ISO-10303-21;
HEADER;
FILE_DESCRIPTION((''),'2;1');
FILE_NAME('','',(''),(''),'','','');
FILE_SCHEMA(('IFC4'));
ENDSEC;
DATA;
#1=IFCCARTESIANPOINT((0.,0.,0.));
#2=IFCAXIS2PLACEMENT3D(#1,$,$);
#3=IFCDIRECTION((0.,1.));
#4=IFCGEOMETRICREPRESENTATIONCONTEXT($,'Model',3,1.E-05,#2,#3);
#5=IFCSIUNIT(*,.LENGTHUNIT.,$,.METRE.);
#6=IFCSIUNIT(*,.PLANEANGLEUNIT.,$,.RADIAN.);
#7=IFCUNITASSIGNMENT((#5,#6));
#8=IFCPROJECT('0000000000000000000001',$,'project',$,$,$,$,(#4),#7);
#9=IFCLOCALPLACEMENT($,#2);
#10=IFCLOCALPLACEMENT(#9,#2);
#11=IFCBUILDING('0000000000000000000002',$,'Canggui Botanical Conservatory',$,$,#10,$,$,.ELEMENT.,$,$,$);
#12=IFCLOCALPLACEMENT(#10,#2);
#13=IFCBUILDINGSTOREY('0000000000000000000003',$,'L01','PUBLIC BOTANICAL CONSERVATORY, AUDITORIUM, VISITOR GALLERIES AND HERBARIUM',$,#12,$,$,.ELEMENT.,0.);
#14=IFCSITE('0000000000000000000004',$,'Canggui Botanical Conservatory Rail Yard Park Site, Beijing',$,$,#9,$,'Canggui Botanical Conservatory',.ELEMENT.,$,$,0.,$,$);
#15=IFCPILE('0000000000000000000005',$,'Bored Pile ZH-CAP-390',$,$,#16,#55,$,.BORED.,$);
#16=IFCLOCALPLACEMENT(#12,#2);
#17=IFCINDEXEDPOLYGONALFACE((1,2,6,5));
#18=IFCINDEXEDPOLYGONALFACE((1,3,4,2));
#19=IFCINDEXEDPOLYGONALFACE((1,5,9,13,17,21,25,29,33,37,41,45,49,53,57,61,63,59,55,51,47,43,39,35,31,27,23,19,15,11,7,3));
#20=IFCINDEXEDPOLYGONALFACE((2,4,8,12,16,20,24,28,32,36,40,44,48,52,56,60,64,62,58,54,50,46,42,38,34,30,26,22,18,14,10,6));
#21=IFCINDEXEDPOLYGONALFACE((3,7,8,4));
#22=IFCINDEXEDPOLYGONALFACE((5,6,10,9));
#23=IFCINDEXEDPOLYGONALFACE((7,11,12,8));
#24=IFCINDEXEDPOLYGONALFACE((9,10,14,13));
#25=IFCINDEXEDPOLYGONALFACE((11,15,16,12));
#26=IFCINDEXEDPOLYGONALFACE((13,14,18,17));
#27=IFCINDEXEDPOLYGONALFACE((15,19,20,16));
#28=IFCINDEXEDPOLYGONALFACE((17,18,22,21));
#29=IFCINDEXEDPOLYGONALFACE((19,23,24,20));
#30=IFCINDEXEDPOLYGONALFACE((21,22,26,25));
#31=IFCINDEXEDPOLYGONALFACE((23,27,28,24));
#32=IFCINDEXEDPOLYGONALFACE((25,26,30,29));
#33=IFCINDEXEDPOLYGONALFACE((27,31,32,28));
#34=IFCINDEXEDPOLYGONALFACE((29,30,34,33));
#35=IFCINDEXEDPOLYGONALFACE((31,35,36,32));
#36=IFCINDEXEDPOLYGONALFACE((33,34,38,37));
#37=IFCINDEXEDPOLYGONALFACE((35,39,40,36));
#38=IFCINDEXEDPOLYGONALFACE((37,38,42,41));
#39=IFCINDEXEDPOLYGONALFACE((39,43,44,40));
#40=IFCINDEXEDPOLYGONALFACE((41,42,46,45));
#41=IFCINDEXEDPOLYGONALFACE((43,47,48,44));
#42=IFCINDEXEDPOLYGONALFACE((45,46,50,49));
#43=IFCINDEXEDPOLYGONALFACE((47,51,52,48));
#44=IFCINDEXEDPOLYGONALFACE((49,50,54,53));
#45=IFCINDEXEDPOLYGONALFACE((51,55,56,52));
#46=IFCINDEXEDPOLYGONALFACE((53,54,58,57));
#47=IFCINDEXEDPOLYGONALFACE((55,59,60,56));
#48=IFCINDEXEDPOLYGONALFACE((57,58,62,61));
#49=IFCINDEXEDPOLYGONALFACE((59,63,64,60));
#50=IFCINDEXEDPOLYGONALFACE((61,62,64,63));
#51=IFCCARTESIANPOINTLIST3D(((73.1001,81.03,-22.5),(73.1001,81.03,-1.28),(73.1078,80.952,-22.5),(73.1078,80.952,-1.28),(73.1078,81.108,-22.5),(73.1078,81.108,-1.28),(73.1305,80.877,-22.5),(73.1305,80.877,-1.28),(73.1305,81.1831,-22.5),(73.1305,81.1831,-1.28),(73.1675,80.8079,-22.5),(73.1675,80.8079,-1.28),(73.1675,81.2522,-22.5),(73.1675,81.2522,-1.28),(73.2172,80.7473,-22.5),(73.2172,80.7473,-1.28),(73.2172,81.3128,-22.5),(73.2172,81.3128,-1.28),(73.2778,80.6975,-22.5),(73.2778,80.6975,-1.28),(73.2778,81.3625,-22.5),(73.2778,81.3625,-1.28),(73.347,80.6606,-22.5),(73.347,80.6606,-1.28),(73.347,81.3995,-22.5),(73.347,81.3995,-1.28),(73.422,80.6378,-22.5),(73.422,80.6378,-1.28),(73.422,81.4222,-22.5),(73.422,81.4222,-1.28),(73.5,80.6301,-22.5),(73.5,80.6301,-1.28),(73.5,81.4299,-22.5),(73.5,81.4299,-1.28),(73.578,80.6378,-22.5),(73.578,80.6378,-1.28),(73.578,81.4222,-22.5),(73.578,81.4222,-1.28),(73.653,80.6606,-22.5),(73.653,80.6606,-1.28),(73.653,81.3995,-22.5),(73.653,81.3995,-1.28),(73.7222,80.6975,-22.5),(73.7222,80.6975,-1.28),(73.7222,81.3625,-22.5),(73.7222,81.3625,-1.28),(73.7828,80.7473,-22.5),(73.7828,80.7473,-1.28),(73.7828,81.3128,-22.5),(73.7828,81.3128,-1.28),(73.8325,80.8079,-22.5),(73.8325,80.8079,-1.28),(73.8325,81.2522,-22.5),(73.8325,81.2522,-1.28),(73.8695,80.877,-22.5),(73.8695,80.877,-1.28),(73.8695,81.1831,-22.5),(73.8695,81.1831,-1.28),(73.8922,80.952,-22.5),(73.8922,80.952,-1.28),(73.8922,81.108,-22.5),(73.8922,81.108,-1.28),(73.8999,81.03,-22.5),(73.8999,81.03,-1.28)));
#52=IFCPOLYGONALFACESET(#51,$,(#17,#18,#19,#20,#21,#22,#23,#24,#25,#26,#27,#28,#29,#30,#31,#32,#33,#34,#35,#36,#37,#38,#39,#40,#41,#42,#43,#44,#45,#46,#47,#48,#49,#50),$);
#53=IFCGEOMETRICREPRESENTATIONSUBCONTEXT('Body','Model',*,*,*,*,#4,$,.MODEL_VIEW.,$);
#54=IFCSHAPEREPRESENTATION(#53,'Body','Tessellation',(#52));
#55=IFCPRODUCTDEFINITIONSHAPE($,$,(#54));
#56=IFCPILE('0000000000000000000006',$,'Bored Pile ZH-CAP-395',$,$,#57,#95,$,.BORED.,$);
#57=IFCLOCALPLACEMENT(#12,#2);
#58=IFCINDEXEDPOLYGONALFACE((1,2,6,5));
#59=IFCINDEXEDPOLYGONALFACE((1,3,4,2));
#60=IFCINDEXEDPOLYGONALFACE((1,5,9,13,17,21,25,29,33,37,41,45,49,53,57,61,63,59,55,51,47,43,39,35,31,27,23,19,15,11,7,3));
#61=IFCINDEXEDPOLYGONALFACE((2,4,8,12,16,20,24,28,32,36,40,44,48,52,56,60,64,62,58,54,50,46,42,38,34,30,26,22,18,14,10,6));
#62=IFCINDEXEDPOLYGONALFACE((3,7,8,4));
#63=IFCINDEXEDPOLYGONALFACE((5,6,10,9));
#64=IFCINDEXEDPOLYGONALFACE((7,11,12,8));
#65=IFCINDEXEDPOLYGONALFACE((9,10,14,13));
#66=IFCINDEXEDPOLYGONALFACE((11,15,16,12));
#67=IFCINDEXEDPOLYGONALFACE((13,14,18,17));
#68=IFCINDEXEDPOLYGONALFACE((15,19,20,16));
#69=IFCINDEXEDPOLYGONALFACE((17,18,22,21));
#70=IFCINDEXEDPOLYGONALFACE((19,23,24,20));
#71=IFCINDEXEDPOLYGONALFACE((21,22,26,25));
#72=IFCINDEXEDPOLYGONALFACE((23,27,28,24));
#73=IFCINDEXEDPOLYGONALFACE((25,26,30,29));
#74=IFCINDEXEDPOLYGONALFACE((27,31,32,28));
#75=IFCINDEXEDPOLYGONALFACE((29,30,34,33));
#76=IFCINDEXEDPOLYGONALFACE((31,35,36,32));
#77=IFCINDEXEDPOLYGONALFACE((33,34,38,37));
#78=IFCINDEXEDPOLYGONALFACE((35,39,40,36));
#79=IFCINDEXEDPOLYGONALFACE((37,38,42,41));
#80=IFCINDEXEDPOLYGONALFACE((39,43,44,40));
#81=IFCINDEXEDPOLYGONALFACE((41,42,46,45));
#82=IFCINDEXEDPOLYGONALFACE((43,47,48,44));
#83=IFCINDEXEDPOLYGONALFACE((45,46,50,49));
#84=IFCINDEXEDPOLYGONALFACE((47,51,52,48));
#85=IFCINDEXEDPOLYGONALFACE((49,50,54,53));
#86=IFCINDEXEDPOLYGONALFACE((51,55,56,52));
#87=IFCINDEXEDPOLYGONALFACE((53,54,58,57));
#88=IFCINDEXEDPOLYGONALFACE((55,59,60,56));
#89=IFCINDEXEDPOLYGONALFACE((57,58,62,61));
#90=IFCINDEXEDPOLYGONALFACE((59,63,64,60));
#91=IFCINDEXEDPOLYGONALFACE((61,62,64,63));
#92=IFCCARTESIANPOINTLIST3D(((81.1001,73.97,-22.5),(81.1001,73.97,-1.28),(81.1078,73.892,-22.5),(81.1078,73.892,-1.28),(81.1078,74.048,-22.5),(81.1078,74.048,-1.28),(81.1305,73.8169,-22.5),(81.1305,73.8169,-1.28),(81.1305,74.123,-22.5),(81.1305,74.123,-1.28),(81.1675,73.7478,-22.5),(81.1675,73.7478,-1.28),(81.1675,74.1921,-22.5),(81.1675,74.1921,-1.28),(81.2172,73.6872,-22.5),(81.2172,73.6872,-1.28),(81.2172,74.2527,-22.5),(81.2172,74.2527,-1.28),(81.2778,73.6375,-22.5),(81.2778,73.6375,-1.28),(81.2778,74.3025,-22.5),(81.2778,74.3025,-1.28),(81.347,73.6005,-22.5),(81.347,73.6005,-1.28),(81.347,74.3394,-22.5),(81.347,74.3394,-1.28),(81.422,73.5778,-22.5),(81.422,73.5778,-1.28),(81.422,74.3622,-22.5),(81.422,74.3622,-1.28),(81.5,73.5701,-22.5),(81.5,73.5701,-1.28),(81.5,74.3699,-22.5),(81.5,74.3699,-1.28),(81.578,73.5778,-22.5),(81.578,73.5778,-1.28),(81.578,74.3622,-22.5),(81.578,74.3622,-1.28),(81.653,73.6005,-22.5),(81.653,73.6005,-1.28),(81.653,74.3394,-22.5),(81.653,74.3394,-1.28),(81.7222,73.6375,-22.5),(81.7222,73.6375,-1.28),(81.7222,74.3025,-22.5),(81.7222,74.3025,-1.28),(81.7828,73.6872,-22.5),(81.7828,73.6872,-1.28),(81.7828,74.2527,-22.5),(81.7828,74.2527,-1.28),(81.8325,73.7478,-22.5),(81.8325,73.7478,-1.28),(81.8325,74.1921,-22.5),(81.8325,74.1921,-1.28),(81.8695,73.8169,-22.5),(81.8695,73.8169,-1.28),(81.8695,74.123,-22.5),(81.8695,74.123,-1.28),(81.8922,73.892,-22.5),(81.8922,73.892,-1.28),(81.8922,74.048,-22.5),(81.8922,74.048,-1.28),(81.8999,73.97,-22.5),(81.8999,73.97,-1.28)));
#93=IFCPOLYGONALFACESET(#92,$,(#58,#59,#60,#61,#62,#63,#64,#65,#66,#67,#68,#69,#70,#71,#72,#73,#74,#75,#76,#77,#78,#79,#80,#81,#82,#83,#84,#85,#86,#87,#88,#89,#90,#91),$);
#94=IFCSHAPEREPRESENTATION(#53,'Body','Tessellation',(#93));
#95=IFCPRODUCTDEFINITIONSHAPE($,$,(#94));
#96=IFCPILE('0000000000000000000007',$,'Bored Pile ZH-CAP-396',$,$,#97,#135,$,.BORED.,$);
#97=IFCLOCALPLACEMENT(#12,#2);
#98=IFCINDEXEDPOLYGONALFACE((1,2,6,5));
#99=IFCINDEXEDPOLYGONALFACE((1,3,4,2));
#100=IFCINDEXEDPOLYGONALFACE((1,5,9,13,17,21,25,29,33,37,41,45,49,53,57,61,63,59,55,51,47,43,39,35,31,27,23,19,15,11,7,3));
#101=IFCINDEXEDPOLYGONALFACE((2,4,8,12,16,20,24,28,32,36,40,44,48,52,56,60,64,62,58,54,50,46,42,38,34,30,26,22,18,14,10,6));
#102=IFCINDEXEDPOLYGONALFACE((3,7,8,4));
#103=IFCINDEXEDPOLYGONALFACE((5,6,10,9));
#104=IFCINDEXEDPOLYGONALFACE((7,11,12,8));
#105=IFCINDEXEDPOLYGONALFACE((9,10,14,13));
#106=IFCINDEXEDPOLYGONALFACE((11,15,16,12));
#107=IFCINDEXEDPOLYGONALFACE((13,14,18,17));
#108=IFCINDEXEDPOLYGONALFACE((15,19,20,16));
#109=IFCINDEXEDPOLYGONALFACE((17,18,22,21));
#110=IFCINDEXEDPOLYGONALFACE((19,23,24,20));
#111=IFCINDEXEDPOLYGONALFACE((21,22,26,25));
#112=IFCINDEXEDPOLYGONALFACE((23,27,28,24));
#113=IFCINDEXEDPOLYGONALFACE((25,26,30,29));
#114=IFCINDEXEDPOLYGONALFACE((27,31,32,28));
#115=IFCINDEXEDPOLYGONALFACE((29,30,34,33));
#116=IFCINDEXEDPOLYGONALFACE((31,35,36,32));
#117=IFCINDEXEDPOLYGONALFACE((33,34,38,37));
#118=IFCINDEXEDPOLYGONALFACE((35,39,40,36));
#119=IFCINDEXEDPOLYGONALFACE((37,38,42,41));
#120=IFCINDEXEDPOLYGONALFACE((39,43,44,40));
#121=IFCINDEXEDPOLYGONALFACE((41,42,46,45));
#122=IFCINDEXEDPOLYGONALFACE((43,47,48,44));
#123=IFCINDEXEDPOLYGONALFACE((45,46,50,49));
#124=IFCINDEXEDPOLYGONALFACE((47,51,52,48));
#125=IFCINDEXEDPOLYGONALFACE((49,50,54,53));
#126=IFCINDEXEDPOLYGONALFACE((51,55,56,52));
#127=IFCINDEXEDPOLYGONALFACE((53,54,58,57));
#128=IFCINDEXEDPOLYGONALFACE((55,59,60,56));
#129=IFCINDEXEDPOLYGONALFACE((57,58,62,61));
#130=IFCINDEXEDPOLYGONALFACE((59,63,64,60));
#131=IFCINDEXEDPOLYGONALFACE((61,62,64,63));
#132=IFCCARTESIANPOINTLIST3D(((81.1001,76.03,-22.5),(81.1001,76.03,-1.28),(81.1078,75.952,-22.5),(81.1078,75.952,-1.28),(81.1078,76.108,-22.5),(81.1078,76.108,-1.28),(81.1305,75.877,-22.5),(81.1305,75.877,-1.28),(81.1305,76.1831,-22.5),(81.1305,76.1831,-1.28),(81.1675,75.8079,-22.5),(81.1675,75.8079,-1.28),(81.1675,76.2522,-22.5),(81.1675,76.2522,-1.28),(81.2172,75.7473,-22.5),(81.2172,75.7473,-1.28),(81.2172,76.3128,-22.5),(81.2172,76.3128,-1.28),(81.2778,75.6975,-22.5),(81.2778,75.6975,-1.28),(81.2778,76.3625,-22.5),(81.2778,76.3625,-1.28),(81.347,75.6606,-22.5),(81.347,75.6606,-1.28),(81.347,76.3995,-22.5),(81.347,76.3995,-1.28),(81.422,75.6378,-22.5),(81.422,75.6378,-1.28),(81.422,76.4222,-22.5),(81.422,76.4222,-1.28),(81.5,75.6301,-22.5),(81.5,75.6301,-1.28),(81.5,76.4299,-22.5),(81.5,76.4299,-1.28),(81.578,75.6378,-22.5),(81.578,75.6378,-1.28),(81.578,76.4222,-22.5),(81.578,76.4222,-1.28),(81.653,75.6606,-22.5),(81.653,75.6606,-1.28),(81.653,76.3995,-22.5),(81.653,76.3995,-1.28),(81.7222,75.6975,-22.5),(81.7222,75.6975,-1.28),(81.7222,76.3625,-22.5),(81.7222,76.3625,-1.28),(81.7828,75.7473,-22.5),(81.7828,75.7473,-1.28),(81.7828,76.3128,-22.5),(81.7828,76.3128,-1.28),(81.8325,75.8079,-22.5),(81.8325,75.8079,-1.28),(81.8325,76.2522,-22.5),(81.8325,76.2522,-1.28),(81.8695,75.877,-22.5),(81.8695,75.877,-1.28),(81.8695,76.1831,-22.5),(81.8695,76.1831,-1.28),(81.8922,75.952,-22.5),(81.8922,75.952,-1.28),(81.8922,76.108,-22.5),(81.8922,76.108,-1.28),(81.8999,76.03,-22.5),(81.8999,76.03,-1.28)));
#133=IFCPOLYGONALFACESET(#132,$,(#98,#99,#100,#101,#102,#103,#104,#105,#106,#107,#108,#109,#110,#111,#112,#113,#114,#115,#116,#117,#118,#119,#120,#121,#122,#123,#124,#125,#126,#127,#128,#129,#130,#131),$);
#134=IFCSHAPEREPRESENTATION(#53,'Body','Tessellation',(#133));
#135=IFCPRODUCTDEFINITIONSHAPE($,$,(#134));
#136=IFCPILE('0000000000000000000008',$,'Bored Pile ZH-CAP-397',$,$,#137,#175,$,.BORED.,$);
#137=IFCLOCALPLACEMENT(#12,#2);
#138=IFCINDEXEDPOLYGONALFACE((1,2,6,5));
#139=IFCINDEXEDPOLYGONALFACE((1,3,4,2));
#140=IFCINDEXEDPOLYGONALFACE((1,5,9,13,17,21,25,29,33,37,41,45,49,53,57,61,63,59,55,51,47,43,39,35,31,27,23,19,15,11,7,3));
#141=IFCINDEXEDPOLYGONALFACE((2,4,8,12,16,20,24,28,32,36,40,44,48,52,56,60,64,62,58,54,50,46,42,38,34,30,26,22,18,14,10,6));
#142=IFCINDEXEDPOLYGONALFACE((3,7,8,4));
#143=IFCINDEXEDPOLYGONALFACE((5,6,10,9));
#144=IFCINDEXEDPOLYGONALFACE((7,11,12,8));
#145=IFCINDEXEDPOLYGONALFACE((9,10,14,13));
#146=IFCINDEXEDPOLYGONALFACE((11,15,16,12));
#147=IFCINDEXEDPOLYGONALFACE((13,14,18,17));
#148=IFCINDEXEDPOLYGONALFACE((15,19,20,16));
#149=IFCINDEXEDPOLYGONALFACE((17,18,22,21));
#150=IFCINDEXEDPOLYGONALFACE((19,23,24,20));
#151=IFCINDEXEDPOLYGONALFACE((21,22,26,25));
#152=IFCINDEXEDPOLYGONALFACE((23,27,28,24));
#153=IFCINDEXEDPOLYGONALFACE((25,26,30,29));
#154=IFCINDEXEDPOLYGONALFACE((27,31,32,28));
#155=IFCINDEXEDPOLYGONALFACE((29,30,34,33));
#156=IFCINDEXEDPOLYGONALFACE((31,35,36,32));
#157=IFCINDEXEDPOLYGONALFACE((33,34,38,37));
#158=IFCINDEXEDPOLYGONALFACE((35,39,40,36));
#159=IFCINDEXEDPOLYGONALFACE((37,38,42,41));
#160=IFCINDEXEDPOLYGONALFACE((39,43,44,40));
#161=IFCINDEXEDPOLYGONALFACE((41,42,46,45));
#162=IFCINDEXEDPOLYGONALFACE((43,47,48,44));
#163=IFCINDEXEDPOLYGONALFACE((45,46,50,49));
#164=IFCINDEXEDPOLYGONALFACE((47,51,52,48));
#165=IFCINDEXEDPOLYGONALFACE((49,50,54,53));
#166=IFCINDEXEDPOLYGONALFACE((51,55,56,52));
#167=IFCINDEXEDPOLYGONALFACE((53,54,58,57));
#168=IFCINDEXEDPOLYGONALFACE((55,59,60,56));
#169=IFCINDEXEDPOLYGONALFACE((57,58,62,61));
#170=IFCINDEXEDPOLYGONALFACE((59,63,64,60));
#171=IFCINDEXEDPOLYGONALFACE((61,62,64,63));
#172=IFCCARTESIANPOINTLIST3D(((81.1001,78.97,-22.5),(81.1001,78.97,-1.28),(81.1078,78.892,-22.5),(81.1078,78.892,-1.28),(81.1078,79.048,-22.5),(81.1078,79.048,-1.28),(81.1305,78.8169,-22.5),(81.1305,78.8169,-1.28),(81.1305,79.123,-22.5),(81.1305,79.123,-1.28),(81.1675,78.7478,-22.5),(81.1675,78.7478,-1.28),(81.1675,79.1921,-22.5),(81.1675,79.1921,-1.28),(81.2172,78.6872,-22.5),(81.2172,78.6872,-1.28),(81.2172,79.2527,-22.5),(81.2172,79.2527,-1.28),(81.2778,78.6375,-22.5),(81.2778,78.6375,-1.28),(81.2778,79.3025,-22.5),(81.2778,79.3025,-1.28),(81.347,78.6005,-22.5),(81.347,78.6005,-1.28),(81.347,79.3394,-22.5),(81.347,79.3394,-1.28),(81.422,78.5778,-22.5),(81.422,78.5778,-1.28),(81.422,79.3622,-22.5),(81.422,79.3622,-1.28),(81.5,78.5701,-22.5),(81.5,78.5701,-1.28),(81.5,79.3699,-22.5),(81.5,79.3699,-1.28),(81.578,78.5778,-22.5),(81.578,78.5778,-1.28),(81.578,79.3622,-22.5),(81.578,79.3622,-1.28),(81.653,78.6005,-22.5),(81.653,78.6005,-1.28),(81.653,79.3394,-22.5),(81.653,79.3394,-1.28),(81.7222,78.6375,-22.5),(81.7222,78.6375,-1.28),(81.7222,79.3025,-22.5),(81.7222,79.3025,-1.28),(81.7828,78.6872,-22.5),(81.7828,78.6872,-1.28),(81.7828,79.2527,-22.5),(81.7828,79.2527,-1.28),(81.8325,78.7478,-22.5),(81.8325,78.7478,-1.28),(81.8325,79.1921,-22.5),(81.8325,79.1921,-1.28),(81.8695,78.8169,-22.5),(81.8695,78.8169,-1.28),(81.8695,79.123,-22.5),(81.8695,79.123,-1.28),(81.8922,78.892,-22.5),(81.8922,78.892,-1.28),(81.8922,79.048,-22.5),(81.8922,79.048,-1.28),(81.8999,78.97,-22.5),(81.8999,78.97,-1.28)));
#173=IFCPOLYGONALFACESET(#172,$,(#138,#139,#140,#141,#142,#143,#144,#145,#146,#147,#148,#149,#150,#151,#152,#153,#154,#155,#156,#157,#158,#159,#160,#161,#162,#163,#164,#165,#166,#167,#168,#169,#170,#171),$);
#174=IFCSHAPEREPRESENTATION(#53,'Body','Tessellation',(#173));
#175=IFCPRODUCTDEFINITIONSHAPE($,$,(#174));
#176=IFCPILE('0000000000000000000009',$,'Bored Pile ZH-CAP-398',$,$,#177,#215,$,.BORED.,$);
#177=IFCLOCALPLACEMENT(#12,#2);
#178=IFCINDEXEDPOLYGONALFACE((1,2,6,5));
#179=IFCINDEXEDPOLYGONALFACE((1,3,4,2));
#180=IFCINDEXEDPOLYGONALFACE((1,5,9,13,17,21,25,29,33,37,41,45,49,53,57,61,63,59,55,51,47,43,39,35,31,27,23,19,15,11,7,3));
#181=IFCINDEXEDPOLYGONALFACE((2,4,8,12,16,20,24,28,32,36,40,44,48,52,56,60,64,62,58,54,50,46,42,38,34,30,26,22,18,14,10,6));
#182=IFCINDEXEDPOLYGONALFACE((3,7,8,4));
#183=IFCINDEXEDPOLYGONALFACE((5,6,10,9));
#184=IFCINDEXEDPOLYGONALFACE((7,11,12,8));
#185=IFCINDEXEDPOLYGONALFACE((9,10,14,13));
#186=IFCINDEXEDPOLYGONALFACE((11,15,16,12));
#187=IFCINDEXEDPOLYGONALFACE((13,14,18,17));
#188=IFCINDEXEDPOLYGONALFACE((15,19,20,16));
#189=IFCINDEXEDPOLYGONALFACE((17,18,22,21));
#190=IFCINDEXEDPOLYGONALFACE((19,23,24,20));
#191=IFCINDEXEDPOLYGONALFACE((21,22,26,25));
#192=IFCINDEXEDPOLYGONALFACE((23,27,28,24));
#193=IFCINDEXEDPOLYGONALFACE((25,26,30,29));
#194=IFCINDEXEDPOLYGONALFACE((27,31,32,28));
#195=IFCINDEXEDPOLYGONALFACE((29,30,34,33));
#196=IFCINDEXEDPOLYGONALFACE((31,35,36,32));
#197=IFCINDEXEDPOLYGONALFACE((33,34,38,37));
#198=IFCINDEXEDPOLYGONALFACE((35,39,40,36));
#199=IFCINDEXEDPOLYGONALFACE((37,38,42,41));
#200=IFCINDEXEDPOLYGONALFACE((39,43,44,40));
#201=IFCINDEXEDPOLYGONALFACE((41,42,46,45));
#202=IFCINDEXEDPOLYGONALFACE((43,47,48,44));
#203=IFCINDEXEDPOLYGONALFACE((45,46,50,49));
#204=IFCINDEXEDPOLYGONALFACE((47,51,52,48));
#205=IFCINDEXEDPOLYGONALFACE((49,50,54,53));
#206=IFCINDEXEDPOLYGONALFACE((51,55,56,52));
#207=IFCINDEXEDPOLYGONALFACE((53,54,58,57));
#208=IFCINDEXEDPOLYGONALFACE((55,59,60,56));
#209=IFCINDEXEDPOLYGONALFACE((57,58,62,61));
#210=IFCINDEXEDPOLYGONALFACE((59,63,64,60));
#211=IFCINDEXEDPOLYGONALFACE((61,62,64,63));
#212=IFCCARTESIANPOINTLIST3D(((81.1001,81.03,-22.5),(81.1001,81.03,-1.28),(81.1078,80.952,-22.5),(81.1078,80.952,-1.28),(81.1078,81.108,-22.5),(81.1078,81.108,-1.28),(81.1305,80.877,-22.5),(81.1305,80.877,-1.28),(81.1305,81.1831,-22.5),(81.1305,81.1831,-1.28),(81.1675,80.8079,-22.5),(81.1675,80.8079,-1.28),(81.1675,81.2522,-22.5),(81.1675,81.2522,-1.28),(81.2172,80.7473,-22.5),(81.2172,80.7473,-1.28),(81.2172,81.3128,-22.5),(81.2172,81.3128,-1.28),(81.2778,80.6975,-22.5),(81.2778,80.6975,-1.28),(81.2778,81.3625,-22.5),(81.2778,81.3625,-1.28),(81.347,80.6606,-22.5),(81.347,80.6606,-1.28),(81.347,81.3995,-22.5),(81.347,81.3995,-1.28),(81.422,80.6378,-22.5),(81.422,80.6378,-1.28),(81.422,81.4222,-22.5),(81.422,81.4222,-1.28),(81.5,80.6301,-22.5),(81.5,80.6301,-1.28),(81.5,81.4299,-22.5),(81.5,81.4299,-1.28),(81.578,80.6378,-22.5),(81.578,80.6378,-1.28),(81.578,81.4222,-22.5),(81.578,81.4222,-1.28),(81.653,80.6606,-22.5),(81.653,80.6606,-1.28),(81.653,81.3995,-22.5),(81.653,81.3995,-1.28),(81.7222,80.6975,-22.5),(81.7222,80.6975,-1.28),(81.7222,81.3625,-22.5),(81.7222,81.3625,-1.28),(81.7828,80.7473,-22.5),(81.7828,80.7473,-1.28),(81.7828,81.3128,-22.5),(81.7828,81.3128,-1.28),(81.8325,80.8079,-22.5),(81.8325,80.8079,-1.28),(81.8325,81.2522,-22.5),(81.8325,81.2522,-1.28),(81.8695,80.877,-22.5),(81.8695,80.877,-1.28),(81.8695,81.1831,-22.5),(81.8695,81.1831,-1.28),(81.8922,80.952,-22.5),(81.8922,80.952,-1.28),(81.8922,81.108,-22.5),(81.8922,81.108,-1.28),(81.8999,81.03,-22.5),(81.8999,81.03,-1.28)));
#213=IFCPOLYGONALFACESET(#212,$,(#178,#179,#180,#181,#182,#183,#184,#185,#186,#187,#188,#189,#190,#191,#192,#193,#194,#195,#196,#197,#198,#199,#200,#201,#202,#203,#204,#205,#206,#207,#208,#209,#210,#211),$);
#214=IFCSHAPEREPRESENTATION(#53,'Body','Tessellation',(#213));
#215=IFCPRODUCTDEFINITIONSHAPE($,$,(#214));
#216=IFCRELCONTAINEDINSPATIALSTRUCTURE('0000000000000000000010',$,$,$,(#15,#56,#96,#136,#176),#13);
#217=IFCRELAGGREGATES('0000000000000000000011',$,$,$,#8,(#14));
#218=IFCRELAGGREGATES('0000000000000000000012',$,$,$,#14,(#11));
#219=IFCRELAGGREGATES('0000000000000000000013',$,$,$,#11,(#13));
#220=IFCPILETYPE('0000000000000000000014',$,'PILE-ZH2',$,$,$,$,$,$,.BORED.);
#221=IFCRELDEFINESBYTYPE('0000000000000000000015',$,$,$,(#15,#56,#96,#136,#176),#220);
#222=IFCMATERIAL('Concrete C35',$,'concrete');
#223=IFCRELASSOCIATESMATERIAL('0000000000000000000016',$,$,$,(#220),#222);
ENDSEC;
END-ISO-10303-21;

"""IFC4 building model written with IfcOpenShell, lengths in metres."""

from ifc_helpers import new_model, si_unit, direction, frame, origin, origin_2d, place, context, subcontext, project, spatial, circle, extrude, material, material_profile, profile_set, type_object, element, save


model = new_model("IFC4")

# Units and contexts
model_context = context("Model", 3, precision=1e-05, world=origin(), true_north=direction((0.0, 1.0)))
body_context = subcontext(model_context, "Body", "Model", "MODEL_VIEW")
ifc_project = project(units=[si_unit("LENGTHUNIT", "METRE"), si_unit("PLANEANGLEUNIT", "RADIAN")], contexts=[model_context])

# Site, building, storey
site_placement = place(None, origin())
site = spatial("IfcSite", under=ifc_project, at=site_placement, Name="Canggui Botanical Conservatory Rail Yard Park Site, Beijing", LongName="Canggui Botanical Conservatory", CompositionType="ELEMENT", RefElevation=0.0)
building_placement = place(site_placement, origin())
building = spatial("IfcBuilding", under=site, at=building_placement, Name="Canggui Botanical Conservatory", CompositionType="ELEMENT")
storey_placement = place(building_placement, origin())
storey = spatial("IfcBuildingStorey", under=building, at=storey_placement, Name="L01", Description="PUBLIC BOTANICAL CONSERVATORY, AUDITORIUM, VISITOR GALLERIES AND HERBARIUM", CompositionType="ELEMENT", Elevation=0.0)

# Shared definitions
ifc_material_1 = material(Name="Concrete C35", Category="concrete")

# Piles
ifc_material_profile_1 = material_profile(ifc_material_1, circle(Radius=0.3999, at=origin_2d()), Name="PILE D800")
ifc_profile_set_1 = profile_set([ifc_material_profile_1], Name="Concrete C35")
pile_type = type_object("IfcPileType", Name="PILE-ZH2", PredefinedType="BORED", material=ifc_profile_set_1)
for number, where, z_axis, x_axis, name in (
    (1, (73.5, 81.03, -1.28), (0.0, 0.0, -1.0), (1.0, 0.0, 0.0), "Bored Pile ZH-CAP-390"),
    (2, (81.5, 73.97, -1.28), (0.0, 0.0, -1.0), (1.0, 0.0, 0.0), "Bored Pile ZH-CAP-395"),
    (3, (81.5, 76.03, -1.28), (0.0, 0.0, -1.0), (1.0, 0.0, 0.0), "Bored Pile ZH-CAP-396"),
    (4, (81.5, 78.97, -1.28), (0.0, 0.0, -1.0), (1.0, 0.0, 0.0), "Bored Pile ZH-CAP-397"),
    (5, (81.5, 81.03, -1.28), (0.0, 0.0, -1.0), (1.0, 0.0, 0.0), "Bored Pile ZH-CAP-398"),
):
    element("IfcPile", number, at=place(storey_placement, frame(where, z_axis=z_axis, x_axis=x_axis)), inside=storey, type_object=pile_type, Name=name, PredefinedType="BORED", context=body_context, shape_type="SweptSolid", body=[
        extrude(circle(Radius=0.3999, at=origin_2d()), origin(), (0.0, 0.0, 1.0), 21.22),
    ])

save(model, "model.ifc")
